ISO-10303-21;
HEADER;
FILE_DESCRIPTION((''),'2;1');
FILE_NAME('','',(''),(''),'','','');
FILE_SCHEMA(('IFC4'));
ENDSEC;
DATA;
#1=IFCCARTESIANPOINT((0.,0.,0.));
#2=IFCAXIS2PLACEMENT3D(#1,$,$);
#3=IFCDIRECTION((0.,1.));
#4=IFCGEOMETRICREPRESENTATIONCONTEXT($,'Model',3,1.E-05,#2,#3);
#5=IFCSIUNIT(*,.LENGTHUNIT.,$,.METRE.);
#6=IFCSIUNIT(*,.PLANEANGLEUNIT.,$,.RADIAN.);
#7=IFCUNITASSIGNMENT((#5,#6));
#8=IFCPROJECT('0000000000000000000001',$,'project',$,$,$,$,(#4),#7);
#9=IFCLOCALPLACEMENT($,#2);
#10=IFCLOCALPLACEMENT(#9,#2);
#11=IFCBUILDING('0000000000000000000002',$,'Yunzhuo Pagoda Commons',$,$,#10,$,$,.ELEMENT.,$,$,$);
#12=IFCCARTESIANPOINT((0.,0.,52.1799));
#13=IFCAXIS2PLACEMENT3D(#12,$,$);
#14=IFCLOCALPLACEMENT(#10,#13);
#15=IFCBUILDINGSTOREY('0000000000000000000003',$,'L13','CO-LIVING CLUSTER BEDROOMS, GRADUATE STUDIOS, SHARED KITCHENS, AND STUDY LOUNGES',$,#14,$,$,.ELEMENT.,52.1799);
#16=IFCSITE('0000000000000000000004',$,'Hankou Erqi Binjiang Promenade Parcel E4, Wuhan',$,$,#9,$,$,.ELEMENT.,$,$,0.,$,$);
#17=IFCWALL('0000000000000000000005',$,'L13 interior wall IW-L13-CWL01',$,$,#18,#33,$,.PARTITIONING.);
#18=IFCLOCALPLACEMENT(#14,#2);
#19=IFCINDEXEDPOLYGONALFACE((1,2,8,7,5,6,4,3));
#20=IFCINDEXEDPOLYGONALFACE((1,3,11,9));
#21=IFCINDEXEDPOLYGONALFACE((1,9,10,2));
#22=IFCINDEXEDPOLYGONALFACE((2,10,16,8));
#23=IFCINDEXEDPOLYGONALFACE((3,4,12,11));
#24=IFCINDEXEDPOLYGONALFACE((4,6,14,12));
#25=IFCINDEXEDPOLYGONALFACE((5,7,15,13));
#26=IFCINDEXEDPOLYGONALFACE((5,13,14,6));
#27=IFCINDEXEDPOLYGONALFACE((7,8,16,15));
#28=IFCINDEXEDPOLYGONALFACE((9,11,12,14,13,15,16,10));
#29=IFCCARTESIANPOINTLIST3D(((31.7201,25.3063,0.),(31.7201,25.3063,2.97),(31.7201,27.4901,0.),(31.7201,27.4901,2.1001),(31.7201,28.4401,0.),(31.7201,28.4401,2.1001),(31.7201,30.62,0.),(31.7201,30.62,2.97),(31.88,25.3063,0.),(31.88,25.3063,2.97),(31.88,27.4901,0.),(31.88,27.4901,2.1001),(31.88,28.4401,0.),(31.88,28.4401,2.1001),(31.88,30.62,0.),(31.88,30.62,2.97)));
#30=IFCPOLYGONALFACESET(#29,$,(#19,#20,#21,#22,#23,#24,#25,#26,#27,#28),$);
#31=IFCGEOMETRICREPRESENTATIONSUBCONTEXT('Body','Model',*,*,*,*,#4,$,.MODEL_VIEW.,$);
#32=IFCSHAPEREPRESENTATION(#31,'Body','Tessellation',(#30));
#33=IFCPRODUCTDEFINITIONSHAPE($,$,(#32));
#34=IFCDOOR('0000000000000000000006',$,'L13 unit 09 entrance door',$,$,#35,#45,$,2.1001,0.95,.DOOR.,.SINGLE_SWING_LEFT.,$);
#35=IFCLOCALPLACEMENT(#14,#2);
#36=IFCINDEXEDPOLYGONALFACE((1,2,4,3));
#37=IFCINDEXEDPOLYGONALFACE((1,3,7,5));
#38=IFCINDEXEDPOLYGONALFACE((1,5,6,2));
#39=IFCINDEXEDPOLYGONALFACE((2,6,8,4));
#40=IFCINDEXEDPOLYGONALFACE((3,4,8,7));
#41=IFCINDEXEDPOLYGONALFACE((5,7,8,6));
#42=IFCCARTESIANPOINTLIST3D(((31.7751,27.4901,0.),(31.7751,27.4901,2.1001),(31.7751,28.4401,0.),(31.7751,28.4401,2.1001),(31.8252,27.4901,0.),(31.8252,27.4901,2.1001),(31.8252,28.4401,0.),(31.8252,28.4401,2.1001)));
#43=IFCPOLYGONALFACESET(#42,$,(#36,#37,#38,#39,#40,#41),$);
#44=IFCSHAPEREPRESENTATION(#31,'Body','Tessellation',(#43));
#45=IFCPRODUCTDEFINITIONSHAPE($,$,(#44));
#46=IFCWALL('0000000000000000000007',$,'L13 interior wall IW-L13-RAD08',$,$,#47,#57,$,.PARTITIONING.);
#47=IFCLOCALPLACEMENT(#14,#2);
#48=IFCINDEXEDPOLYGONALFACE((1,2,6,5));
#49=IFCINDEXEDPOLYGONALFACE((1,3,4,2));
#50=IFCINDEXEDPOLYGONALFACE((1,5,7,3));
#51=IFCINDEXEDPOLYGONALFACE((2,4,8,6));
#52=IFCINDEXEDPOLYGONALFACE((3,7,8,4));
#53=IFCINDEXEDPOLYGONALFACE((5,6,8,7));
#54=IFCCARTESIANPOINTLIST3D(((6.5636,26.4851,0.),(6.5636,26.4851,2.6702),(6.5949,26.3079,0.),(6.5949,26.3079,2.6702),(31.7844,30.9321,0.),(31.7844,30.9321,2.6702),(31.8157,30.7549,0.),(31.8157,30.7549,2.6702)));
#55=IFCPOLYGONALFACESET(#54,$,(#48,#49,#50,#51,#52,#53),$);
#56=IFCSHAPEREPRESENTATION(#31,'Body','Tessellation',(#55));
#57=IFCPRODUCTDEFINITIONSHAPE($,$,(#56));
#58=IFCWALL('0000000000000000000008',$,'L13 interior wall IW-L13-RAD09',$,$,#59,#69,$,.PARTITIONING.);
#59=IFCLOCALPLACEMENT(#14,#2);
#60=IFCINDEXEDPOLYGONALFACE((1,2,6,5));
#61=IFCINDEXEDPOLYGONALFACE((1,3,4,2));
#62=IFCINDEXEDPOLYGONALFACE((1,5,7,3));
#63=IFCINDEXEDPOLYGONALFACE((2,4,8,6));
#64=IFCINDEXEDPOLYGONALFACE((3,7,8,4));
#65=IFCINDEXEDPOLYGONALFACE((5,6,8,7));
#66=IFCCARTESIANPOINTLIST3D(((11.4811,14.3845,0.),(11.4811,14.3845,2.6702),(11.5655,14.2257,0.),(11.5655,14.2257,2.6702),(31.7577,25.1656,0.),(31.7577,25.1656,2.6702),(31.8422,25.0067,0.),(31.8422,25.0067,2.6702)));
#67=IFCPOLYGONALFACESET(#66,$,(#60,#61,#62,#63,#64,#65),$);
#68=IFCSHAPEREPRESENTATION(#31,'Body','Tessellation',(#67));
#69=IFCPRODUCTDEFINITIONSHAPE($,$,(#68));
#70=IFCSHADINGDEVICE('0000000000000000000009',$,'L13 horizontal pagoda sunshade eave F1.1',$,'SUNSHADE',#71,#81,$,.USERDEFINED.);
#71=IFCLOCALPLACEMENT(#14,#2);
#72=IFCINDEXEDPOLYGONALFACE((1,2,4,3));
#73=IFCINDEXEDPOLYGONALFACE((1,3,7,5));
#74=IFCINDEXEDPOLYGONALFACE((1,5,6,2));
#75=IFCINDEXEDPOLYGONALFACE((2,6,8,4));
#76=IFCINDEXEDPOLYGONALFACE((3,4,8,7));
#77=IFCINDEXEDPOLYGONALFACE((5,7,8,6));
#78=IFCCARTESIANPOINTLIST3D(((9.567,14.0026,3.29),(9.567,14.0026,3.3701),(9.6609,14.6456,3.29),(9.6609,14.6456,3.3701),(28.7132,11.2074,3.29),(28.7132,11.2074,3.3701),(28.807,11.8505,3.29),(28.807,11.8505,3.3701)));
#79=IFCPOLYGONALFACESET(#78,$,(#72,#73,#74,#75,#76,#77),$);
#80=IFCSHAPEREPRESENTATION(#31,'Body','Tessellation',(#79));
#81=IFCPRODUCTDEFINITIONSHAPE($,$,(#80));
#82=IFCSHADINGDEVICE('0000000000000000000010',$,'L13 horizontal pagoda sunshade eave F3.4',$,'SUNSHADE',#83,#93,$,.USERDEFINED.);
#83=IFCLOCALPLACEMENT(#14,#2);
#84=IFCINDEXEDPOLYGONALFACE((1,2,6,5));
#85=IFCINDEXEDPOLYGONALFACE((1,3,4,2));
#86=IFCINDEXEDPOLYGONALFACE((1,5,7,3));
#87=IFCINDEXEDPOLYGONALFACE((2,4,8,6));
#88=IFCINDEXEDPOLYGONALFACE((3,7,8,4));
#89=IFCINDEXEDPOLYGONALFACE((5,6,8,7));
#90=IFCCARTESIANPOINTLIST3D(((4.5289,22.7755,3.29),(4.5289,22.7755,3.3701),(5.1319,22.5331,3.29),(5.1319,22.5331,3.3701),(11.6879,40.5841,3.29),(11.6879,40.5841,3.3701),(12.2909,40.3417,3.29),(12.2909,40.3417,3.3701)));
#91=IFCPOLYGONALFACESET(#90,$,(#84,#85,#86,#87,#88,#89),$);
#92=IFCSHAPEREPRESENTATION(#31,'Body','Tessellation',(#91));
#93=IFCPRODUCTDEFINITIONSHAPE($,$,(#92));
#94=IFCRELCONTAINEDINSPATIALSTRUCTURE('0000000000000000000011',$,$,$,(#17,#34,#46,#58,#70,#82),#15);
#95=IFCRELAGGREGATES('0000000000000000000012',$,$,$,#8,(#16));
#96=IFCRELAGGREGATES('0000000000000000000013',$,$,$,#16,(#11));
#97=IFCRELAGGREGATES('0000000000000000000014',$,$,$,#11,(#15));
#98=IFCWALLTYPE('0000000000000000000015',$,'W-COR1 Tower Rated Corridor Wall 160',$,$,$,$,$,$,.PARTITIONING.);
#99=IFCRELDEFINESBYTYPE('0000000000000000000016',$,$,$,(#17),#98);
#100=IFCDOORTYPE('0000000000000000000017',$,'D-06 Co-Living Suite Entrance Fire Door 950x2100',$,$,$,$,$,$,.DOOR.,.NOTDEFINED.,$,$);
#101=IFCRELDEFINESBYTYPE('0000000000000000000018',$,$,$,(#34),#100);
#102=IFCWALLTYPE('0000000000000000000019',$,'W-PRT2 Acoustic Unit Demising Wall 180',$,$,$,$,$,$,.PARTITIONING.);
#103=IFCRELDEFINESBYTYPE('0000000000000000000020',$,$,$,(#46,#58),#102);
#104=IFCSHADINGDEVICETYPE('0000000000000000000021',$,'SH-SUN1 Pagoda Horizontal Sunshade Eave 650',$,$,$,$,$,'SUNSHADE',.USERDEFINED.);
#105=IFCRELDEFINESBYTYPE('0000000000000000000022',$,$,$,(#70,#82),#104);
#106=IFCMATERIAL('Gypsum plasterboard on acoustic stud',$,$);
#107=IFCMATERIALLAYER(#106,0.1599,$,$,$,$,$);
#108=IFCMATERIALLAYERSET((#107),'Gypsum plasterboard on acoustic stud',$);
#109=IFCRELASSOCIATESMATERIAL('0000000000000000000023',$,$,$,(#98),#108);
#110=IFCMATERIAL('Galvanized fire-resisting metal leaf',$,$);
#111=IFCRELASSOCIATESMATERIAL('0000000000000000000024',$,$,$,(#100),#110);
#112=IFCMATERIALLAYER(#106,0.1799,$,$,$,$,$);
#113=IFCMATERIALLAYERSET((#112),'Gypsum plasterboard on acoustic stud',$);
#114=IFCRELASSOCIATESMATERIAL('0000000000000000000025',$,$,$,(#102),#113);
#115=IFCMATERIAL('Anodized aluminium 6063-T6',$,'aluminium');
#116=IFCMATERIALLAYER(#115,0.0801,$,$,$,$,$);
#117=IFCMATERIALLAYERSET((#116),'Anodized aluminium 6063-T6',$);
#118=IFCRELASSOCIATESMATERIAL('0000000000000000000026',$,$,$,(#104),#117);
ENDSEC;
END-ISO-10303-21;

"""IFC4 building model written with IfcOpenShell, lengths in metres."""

from ifc_helpers import new_model, si_unit, direction, frame, frame_2d, origin, origin_with_axes, origin_2d, place, context, subcontext, project, spatial, rectangle, extrude, source, transform, mapped, material, layer, layer_set, type_object, element, fill, save


model = new_model("IFC4")

# Units and contexts
model_context = context("Model", 3, precision=1e-05, world=origin(), true_north=direction((0.0, 1.0)))
body_context = subcontext(model_context, "Body", "Model", "MODEL_VIEW")
ifc_project = project(units=[si_unit("LENGTHUNIT", "METRE"), si_unit("PLANEANGLEUNIT", "RADIAN")], contexts=[model_context])

# Site, building, storey
site_placement = place(None, origin())
site = spatial("IfcSite", under=ifc_project, at=site_placement, Name="Hankou Erqi Binjiang Promenade Parcel E4, Wuhan", CompositionType="ELEMENT", RefElevation=0.0)
building_placement = place(site_placement, origin())
building = spatial("IfcBuilding", under=site, at=building_placement, Name="Yunzhuo Pagoda Commons", CompositionType="ELEMENT")
storey_placement = place(building_placement, frame((0.0, 0.0, 52.1799)))
storey = spatial("IfcBuildingStorey", under=building, at=storey_placement, Name="L13", Description="CO-LIVING CLUSTER BEDROOMS, GRADUATE STUDIOS, SHARED KITCHENS, AND STUDY LOUNGES", CompositionType="ELEMENT", Elevation=52.1799)

# Shared definitions
ifc_material_1 = material(Name="Anodized aluminium 6063-T6", Category="aluminium")

# Wall, opening, door
ifc_material_2 = material(Name="Gypsum plasterboard on acoustic stud")
ifc_layer_1 = layer(ifc_material_2, 0.1599)
ifc_layer_set_1 = layer_set([ifc_layer_1], Name="Gypsum plasterboard on acoustic stud")
wall_type_1 = type_object("IfcWallType", Name="W-COR1 Tower Rated Corridor Wall 160", PredefinedType="PARTITIONING", material=ifc_layer_set_1)
wall_1_placement = place(storey_placement, frame((31.8, 25.3064, 0.0), z_axis=(0.0, 0.0, 1.0), x_axis=(0.0, 1.0, 0.0)))
wall_1 = element("IfcWall", 1, at=wall_1_placement, inside=storey, type_object=wall_type_1, Name="L13 interior wall IW-L13-CWL01", PredefinedType="PARTITIONING", context=body_context, shape_type="SweptSolid", body=[
    extrude(rectangle(XDim=5.3137, YDim=0.1599, at=frame_2d((2.6567, 0.0))), origin(), (0.0, 0.0, 1.0), 2.97),
])
opening_placement = place(wall_1_placement, frame((2.1836, 0.0, 0.0)))
opening = element("IfcOpeningElement", 2, at=opening_placement, cuts=wall_1, PredefinedType="OPENING", context=body_context, shape_type="SweptSolid", body=[
    extrude(rectangle(XDim=0.95, YDim=2.1001, at=frame_2d((0.4751, 1.05))), frame((0.0, 0.0898, 0.0), z_axis=(0.0, -1.0, 0.0), x_axis=(1.0, 0.0, 0.0)), (0.0, 0.0, 1.0), 0.1799),
])
ifc_material_3 = material(Name="Galvanized fire-resisting metal leaf")
door_type = type_object("IfcDoorType", Name="D-06 Co-Living Suite Entrance Fire Door 950x2100", OperationType="NOTDEFINED", PredefinedType="DOOR", material=ifc_material_3)
shared_shape_1 = source(origin(), body_context, "Body", "SweptSolid", [
    extrude(rectangle(XDim=0.95, YDim=2.1001, at=frame_2d((0.4751, 1.05))), frame((0.0, 0.0249, 0.0), z_axis=(0.0, -1.0, 0.0), x_axis=(1.0, 0.0, 0.0)), (0.0, 0.0, 1.0), 0.05),
])
door_placement = place(opening_placement, origin_with_axes())
door = element("IfcDoor", 3, at=door_placement, inside=storey, type_object=door_type, Name="L13 unit 09 entrance door", OperationType="SINGLE_SWING_LEFT", OverallHeight=2.1001, OverallWidth=0.95, PredefinedType="DOOR", context=body_context, shape_type="MappedRepresentation", body=[
    mapped(shared_shape_1, transform((0.0, 0.0, 0.0), scale=1.0)),
])
fill(opening, door)

# Walls
ifc_layer_2 = layer(ifc_material_2, 0.1799)
ifc_layer_set_2 = layer_set([ifc_layer_2], Name="Gypsum plasterboard on acoustic stud")
wall_type_2 = type_object("IfcWallType", Name="W-PRT2 Acoustic Unit Demising Wall 180", PredefinedType="PARTITIONING", material=ifc_layer_set_2)
wall_2_placement = place(storey_placement, frame((31.8, 30.8435, 0.0), z_axis=(0.0, 0.0, 1.0), x_axis=(-0.984808, -0.173646, 0.0)))
element("IfcWall", 4, at=wall_2_placement, inside=storey, type_object=wall_type_2, Name="L13 interior wall IW-L13-RAD08", PredefinedType="PARTITIONING", context=body_context, shape_type="SweptSolid", body=[
    extrude(rectangle(XDim=25.6099, YDim=0.1799, at=frame_2d((12.8049, 0.0))), origin(), (0.0, 0.0, 1.0), 2.6702),
])
wall_3_placement = place(storey_placement, frame((31.8, 25.0862, 0.0), z_axis=(0.0, 0.0, 1.0), x_axis=(-0.882952, -0.469463, 0.0)))
element("IfcWall", 5, at=wall_3_placement, inside=storey, type_object=wall_type_2, Name="L13 interior wall IW-L13-RAD09", PredefinedType="PARTITIONING", context=body_context, shape_type="SweptSolid", body=[
    extrude(rectangle(XDim=22.9646, YDim=0.1799, at=frame_2d((11.4824, 0.0))), origin(), (0.0, 0.0, 1.0), 2.6702),
])

# Shading devices
ifc_layer_3 = layer(ifc_material_1, 0.0801)
ifc_layer_set_3 = layer_set([ifc_layer_3], Name="Anodized aluminium 6063-T6")
shading_device_type = type_object("IfcShadingDeviceType", Name="SH-SUN1 Pagoda Horizontal Sunshade Eave 650", ElementType="SUNSHADE", PredefinedType="USERDEFINED", material=ifc_layer_set_3)
shared_shape_2 = source(origin(), body_context, "Body", "SweptSolid", [
    extrude(rectangle(XDim=19.3491, YDim=0.6499, at=origin_2d()), origin(), (0.0, 0.0, 1.0), 0.0801),
])
shading_device_1_placement = place(storey_placement, frame((19.187, 12.9265, 3.29), z_axis=(0.0, 0.0, 1.0), x_axis=(0.989511, -0.14446, 0.0)))
element("IfcShadingDevice", 6, at=shading_device_1_placement, inside=storey, type_object=shading_device_type, Name="L13 horizontal pagoda sunshade eave F1.1", ObjectType="SUNSHADE", PredefinedType="USERDEFINED", context=body_context, shape_type="MappedRepresentation", body=[
    mapped(shared_shape_2, transform((0.0, 0.0, 0.0), scale=1.0)),
])
shared_shape_3 = source(origin(), body_context, "Body", "SweptSolid", [
    extrude(rectangle(XDim=19.1936, YDim=0.6499, at=origin_2d()), origin(), (0.0, 0.0, 1.0), 0.0801),
])
shading_device_2_placement = place(storey_placement, frame((8.4099, 31.5586, 3.29), z_axis=(0.0, 0.0, 1.0), x_axis=(-0.372988, -0.927836, 0.0)))
element("IfcShadingDevice", 7, at=shading_device_2_placement, inside=storey, type_object=shading_device_type, Name="L13 horizontal pagoda sunshade eave F3.4", ObjectType="SUNSHADE", PredefinedType="USERDEFINED", context=body_context, shape_type="MappedRepresentation", body=[
    mapped(shared_shape_3, transform((0.0, 0.0, 0.0), scale=1.0)),
])

save(model, "model.ifc")
